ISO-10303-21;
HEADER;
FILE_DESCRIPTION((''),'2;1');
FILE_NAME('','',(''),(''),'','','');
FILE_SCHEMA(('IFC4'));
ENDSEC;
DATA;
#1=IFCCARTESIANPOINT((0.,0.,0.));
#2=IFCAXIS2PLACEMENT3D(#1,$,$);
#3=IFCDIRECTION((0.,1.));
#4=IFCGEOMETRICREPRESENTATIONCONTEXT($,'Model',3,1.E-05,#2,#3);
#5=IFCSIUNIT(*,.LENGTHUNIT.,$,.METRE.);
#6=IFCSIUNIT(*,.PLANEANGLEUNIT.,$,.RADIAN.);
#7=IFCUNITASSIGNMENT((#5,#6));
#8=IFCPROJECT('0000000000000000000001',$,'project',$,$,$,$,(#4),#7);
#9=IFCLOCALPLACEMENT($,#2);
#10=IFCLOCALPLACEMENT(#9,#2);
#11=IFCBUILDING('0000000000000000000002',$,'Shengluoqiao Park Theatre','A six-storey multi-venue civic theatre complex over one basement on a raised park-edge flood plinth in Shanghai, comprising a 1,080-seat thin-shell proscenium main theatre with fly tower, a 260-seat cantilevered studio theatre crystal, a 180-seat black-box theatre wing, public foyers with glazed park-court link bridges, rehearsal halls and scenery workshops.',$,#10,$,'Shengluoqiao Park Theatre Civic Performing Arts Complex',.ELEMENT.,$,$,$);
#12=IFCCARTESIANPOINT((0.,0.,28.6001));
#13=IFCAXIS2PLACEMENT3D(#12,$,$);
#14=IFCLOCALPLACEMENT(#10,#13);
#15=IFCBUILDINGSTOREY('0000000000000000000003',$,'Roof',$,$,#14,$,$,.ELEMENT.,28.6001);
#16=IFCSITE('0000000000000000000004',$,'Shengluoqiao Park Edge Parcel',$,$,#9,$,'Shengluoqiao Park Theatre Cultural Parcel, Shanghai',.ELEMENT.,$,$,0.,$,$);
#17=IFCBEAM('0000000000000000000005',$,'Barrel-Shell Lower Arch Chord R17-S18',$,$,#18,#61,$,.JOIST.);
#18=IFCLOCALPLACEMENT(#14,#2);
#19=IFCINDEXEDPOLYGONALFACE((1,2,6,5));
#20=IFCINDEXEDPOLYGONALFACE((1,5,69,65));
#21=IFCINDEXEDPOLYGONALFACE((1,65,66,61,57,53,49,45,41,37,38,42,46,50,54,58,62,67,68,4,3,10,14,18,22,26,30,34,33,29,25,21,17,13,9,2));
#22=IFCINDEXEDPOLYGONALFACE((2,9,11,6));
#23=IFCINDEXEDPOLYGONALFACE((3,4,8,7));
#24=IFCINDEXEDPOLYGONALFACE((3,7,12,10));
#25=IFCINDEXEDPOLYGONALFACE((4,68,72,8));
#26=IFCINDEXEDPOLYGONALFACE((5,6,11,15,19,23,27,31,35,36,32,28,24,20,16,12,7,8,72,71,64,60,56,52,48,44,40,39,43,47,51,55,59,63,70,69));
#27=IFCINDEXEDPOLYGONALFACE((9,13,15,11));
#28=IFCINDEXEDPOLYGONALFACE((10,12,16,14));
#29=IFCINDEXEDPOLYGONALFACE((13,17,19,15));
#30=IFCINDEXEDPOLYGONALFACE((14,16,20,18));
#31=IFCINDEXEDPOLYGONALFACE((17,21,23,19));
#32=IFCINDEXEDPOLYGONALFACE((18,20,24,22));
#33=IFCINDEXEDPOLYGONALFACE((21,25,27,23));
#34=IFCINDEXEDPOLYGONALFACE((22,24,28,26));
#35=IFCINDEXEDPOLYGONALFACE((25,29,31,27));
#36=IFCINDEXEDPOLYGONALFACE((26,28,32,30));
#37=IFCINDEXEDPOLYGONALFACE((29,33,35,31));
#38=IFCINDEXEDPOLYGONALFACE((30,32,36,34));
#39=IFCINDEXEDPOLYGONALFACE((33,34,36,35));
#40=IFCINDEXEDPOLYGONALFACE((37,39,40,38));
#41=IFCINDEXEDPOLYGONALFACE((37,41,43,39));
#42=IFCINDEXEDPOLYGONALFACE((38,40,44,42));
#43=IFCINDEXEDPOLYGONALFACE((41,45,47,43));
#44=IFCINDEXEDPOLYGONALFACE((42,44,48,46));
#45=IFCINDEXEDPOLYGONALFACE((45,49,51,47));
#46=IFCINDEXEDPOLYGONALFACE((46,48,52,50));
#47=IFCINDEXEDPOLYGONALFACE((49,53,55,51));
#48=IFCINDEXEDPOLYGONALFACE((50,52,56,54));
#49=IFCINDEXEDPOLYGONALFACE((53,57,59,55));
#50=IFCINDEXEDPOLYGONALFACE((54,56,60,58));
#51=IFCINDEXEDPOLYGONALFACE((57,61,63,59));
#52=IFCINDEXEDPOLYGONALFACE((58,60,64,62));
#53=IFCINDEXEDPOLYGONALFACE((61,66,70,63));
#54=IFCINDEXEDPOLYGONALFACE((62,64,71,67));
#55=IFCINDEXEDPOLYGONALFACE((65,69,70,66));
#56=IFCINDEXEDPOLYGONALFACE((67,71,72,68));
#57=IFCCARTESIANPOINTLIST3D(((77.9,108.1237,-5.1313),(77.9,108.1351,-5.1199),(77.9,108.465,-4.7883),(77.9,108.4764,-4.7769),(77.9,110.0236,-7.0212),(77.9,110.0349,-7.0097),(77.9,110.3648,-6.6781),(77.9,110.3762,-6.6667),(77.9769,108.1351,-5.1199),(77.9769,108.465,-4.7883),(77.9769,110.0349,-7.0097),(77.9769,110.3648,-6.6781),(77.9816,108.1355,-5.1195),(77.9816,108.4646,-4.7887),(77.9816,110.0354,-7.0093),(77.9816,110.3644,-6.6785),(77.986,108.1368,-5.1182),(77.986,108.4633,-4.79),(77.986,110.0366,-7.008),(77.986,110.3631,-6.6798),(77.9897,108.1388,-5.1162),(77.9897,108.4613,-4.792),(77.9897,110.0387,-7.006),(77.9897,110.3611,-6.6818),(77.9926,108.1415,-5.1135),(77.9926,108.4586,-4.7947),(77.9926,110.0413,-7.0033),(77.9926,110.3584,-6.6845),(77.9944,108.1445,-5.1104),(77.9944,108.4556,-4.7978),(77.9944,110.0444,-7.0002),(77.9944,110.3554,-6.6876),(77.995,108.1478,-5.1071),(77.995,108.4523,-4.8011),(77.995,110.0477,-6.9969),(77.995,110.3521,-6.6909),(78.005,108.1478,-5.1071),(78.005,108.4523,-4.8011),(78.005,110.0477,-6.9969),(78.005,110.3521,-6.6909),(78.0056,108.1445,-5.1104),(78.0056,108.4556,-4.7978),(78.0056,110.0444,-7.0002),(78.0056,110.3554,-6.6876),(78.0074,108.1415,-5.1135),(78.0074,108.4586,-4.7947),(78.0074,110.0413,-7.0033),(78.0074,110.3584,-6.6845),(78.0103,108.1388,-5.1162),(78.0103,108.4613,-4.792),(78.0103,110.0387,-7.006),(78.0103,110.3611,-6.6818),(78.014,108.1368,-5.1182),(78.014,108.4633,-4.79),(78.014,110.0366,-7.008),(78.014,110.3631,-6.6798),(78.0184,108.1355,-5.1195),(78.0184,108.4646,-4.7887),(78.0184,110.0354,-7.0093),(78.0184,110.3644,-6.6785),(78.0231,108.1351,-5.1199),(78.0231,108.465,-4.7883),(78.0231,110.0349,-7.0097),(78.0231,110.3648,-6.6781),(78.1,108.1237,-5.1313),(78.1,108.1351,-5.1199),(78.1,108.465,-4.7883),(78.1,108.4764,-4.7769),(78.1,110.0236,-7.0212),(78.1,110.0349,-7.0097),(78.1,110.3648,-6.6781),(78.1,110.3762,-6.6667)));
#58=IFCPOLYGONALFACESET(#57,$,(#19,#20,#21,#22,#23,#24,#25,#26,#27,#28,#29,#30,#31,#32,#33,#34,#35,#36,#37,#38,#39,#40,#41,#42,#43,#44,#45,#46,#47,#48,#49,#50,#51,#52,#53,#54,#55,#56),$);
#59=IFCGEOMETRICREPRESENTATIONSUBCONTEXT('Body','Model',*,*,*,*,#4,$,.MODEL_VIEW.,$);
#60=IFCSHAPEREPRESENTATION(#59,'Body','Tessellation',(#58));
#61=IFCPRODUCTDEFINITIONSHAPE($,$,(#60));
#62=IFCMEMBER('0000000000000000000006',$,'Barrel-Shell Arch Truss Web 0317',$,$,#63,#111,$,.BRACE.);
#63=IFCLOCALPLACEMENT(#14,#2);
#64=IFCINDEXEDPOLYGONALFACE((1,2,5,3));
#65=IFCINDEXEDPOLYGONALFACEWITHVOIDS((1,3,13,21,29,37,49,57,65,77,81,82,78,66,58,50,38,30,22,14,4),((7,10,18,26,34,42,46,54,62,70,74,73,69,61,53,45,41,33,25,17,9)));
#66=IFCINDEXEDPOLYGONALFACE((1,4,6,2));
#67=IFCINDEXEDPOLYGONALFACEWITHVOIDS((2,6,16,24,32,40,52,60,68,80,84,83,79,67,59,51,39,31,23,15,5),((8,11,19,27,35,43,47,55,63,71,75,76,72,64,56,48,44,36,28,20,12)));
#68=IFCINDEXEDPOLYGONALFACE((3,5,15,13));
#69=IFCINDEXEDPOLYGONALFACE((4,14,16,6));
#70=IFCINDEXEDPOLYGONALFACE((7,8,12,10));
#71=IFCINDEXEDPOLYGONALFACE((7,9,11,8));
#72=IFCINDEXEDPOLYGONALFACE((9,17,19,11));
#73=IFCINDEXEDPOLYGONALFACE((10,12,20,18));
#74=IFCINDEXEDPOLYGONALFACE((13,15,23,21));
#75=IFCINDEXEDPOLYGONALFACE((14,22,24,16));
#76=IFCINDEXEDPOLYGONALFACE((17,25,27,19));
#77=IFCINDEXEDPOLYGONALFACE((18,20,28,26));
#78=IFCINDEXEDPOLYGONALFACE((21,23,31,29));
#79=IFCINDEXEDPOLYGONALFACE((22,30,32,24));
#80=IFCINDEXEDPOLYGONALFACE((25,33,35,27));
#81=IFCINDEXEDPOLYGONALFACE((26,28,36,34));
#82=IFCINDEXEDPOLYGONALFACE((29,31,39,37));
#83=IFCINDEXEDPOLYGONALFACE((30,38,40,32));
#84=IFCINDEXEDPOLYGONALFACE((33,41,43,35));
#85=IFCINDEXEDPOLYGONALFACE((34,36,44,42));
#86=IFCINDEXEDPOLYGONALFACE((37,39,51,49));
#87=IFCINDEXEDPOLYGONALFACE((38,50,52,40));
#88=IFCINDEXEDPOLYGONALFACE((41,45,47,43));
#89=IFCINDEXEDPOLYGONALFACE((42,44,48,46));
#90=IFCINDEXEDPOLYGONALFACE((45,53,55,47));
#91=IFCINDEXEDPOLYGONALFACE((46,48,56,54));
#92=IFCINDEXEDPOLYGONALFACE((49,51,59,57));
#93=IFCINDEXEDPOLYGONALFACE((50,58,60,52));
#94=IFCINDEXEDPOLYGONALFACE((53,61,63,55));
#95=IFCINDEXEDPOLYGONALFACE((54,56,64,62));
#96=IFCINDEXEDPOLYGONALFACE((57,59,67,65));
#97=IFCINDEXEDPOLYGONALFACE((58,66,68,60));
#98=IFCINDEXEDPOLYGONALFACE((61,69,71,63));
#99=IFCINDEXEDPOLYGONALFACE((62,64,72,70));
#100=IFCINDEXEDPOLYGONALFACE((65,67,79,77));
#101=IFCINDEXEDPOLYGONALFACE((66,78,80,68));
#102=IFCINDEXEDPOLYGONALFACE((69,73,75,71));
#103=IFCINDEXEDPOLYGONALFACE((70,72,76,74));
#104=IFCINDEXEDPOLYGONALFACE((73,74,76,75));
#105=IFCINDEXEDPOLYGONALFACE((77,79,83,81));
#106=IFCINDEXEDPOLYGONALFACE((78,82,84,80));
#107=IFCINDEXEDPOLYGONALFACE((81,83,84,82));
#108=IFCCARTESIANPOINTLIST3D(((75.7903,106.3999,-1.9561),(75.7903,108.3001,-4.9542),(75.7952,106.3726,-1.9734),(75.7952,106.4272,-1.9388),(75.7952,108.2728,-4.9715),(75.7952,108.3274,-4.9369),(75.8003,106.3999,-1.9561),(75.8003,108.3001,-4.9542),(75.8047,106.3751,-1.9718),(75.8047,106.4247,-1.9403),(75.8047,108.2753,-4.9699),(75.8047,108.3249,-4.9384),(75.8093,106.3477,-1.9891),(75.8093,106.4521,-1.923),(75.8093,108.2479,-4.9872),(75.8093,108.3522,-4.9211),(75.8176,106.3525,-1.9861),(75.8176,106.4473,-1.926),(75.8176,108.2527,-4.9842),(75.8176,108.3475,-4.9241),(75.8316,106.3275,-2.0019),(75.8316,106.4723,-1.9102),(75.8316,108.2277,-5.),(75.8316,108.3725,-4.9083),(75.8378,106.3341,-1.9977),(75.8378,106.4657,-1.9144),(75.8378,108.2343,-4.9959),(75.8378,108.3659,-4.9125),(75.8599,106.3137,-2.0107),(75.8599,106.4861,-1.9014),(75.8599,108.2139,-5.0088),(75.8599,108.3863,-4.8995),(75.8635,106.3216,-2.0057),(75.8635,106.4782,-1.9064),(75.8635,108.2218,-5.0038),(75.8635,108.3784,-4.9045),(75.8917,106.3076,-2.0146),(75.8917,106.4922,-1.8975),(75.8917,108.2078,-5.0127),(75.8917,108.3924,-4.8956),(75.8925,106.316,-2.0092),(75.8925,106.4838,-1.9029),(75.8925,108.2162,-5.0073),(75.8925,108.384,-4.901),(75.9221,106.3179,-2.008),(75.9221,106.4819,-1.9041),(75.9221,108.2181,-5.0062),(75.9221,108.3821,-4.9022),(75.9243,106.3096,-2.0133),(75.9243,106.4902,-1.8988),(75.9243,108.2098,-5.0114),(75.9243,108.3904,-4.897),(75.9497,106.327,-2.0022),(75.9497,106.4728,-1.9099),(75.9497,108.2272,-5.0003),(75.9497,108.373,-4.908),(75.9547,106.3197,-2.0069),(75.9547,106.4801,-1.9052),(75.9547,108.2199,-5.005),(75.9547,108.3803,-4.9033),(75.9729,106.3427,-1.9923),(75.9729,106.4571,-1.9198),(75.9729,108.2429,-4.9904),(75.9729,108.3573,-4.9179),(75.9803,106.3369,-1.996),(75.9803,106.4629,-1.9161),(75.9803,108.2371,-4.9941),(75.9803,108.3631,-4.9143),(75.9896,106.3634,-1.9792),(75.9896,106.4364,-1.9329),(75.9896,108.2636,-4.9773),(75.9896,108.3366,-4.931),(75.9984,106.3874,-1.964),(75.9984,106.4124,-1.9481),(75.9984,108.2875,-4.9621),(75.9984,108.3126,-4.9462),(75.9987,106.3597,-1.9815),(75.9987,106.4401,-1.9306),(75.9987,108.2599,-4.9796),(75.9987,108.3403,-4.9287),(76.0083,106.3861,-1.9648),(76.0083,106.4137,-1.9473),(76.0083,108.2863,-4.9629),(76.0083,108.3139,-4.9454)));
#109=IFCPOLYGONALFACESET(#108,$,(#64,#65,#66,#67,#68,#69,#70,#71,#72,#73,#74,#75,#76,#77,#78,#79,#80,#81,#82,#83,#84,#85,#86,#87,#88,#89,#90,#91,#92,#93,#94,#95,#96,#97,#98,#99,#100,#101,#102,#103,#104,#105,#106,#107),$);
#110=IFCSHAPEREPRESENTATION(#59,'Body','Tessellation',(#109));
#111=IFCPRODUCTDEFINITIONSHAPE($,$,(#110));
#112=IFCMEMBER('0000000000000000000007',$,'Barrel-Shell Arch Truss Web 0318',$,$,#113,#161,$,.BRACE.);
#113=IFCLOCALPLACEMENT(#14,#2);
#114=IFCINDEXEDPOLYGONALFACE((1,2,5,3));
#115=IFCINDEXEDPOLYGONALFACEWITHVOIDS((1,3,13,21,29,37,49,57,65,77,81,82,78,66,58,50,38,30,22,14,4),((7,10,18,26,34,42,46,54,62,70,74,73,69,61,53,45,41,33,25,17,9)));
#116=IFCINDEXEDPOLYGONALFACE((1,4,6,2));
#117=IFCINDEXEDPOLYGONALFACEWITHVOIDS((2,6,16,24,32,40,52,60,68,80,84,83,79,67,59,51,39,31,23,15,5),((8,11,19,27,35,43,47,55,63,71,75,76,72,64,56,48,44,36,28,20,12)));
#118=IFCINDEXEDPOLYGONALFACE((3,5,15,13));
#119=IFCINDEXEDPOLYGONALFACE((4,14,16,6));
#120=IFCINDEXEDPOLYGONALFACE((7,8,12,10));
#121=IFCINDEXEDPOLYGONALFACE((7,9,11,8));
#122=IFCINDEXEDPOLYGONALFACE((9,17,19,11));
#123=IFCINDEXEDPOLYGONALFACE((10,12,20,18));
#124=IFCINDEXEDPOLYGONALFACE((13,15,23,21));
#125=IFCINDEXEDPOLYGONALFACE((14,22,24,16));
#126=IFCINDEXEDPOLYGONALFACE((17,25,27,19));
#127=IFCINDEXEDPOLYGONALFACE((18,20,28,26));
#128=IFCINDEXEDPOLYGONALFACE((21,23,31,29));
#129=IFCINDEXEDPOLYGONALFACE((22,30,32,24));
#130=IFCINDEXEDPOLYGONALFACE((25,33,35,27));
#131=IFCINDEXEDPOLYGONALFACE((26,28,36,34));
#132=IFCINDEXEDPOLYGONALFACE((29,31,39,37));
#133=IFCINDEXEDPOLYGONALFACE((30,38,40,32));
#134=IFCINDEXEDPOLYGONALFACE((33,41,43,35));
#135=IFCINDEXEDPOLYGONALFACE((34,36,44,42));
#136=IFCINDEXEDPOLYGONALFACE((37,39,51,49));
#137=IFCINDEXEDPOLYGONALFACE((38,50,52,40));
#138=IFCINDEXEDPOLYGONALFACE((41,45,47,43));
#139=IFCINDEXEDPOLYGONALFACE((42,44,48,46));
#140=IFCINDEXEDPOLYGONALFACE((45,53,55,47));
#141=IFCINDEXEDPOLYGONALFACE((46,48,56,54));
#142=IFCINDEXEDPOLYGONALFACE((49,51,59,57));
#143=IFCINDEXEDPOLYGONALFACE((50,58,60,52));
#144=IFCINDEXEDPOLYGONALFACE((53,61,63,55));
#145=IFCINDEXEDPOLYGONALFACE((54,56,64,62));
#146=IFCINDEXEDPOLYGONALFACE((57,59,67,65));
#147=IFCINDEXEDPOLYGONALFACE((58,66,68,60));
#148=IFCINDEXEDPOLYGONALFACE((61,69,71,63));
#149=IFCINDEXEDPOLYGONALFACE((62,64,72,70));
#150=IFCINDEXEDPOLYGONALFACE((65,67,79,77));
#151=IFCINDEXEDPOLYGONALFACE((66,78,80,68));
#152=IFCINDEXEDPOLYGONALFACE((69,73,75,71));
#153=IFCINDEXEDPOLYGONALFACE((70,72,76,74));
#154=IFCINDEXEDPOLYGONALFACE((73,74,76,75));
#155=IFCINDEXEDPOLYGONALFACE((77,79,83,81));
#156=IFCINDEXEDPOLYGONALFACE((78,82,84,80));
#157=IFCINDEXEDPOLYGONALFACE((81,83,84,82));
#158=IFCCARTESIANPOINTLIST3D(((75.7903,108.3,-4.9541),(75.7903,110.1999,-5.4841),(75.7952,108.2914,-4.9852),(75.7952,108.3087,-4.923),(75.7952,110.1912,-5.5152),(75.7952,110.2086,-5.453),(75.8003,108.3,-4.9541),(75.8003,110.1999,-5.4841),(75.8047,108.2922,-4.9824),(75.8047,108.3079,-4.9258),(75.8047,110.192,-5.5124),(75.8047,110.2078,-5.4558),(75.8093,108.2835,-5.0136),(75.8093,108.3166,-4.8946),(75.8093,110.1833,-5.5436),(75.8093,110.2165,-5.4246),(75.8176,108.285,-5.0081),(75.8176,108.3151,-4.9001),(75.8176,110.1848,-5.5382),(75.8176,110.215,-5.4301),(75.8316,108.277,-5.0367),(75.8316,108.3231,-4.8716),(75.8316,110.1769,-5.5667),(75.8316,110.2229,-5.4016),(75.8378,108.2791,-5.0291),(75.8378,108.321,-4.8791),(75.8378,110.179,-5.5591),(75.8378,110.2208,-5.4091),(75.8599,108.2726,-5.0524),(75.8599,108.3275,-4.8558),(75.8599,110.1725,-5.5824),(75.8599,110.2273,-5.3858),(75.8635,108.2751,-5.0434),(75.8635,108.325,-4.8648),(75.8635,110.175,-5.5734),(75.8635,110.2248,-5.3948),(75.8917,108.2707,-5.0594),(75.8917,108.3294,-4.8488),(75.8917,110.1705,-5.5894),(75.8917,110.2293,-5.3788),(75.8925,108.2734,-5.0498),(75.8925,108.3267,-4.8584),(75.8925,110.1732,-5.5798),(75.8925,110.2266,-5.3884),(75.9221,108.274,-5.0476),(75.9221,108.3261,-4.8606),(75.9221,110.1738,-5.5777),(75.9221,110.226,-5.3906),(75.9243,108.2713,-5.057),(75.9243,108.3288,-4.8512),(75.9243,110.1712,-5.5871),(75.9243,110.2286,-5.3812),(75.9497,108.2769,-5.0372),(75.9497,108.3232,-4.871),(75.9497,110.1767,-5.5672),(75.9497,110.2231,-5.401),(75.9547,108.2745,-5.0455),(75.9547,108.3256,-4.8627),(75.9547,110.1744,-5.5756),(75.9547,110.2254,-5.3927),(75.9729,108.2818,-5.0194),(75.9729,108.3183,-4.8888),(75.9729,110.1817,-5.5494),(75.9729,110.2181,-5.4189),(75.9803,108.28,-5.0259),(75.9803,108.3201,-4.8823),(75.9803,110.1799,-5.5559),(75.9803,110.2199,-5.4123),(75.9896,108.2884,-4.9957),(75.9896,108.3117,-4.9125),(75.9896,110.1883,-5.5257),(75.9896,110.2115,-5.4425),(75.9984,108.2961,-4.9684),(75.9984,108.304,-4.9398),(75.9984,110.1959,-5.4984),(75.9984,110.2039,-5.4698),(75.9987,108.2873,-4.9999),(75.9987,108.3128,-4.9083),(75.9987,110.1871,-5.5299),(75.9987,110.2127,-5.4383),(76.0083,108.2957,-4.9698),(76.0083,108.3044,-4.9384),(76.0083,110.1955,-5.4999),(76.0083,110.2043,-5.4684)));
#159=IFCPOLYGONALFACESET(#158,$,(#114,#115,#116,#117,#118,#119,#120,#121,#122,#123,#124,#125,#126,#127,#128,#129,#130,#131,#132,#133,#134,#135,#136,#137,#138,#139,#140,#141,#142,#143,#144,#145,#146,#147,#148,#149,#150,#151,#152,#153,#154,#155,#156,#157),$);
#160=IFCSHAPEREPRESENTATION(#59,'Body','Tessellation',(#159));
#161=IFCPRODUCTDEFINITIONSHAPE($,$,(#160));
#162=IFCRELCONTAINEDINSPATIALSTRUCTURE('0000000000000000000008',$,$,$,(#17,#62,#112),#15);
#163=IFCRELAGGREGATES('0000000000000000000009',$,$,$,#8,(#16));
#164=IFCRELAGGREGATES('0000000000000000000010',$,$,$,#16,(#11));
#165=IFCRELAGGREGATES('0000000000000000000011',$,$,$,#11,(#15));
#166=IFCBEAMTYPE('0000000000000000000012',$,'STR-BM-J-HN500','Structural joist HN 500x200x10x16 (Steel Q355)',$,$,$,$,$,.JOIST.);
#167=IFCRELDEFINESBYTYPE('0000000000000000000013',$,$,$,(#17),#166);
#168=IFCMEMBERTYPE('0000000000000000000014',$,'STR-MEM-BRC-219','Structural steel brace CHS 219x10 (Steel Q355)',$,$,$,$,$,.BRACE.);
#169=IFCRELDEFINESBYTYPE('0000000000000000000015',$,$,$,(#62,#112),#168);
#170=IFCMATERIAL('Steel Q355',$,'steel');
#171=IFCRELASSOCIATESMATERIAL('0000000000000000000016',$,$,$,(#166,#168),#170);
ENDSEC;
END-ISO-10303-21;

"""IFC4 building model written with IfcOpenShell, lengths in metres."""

from ifc_helpers import new_model, si_unit, direction, frame, origin, origin_2d, place, context, subcontext, project, spatial, hollow_circle, i_section, extrude, material, material_profile, profile_set, type_object, element, save


model = new_model("IFC4")

# Units and contexts
model_context = context("Model", 3, precision=1e-05, world=origin(), true_north=direction((0.0, 1.0)))
body_context = subcontext(model_context, "Body", "Model", "MODEL_VIEW")
ifc_project = project(units=[si_unit("LENGTHUNIT", "METRE"), si_unit("PLANEANGLEUNIT", "RADIAN")], contexts=[model_context])

# Site, building, storey
site_placement = place(None, origin())
site = spatial("IfcSite", under=ifc_project, at=site_placement, Name="Shengluoqiao Park Edge Parcel", LongName="Shengluoqiao Park Theatre Cultural Parcel, Shanghai", CompositionType="ELEMENT", RefElevation=0.0)
building_placement = place(site_placement, origin())
building = spatial("IfcBuilding", under=site, at=building_placement, Name="Shengluoqiao Park Theatre", Description="A six-storey multi-venue civic theatre complex over one basement on a raised park-edge flood plinth in Shanghai, comprising a 1,080-seat thin-shell proscenium main theatre with fly tower, a 260-seat cantilevered studio theatre crystal, a 180-seat black-box theatre wing, public foyers with glazed park-court link bridges, rehearsal halls and scenery workshops.", LongName="Shengluoqiao Park Theatre Civic Performing Arts Complex", CompositionType="ELEMENT")
storey_placement = place(building_placement, frame((0.0, 0.0, 28.6001)))
storey = spatial("IfcBuildingStorey", under=building, at=storey_placement, Name="Roof", CompositionType="ELEMENT", Elevation=28.6001)

# Beam
ifc_material_1 = material(Name="Steel Q355", Category="steel")
ifc_material_profile_1 = material_profile(ifc_material_1, i_section(OverallWidth=0.2, OverallDepth=0.5, WebThickness=0.01, FlangeThickness=0.0161, FilletRadius=0.0181, at=origin_2d()), Name="HN 500x200x10x16")
ifc_profile_set_1 = profile_set([ifc_material_profile_1], Name="Steel Q355")
beam_type_1 = type_object("IfcBeamType", Name="STR-BM-J-HN500", Description="Structural joist HN 500x200x10x16 (Steel Q355)", PredefinedType="JOIST", material=ifc_profile_set_1)
beam_1_placement = place(storey_placement, frame((78.0, 108.3, -4.9541), z_axis=(0.0, 0.708972, -0.705237), x_axis=(-1.0, 0.0, 0.0)))
element("IfcBeam", 1, at=beam_1_placement, inside=storey, type_object=beam_type_1, Name="Barrel-Shell Lower Arch Chord R17-S18", PredefinedType="JOIST", context=body_context, shape_type="SweptSolid", body=[
    extrude(i_section(OverallWidth=0.2, OverallDepth=0.5, WebThickness=0.01, FlangeThickness=0.0161, FilletRadius=0.0181, at=origin_2d()), origin(), (0.0, 0.0, 1.0), 2.6797),
])

# Members
ifc_material_profile_2 = material_profile(ifc_material_1, hollow_circle(Radius=0.1096, WallThickness=0.01, at=origin_2d()), Name="CHS 219x10")
ifc_profile_set_2 = profile_set([ifc_material_profile_2], Name="Steel Q355")
member_type_1 = type_object("IfcMemberType", Name="STR-MEM-BRC-219", Description="Structural steel brace CHS 219x10 (Steel Q355)", PredefinedType="BRACE", material=ifc_profile_set_2)
member_1_placement = place(storey_placement, frame((75.8999, 106.3999, -1.9561), z_axis=(0.0, 0.53533, -0.844643), x_axis=(-1.0, 0.0, 0.0)))
element("IfcMember", 2, at=member_1_placement, inside=storey, type_object=member_type_1, Name="Barrel-Shell Arch Truss Web 0317", PredefinedType="BRACE", context=body_context, shape_type="SweptSolid", body=[
    extrude(hollow_circle(Radius=0.1096, WallThickness=0.01, at=origin_2d()), origin(), (0.0, 0.0, 1.0), 3.5496),
])
member_2_placement = place(storey_placement, frame((75.8999, 108.3, -4.9541), z_axis=(0.0, 0.963219, -0.268716), x_axis=(-1.0, 0.0, 0.0)))
element("IfcMember", 3, at=member_2_placement, inside=storey, type_object=member_type_1, Name="Barrel-Shell Arch Truss Web 0318", PredefinedType="BRACE", context=body_context, shape_type="SweptSolid", body=[
    extrude(hollow_circle(Radius=0.1096, WallThickness=0.01, at=origin_2d()), origin(), (0.0, 0.0, 1.0), 1.9724),
])

save(model, "model.ifc")
